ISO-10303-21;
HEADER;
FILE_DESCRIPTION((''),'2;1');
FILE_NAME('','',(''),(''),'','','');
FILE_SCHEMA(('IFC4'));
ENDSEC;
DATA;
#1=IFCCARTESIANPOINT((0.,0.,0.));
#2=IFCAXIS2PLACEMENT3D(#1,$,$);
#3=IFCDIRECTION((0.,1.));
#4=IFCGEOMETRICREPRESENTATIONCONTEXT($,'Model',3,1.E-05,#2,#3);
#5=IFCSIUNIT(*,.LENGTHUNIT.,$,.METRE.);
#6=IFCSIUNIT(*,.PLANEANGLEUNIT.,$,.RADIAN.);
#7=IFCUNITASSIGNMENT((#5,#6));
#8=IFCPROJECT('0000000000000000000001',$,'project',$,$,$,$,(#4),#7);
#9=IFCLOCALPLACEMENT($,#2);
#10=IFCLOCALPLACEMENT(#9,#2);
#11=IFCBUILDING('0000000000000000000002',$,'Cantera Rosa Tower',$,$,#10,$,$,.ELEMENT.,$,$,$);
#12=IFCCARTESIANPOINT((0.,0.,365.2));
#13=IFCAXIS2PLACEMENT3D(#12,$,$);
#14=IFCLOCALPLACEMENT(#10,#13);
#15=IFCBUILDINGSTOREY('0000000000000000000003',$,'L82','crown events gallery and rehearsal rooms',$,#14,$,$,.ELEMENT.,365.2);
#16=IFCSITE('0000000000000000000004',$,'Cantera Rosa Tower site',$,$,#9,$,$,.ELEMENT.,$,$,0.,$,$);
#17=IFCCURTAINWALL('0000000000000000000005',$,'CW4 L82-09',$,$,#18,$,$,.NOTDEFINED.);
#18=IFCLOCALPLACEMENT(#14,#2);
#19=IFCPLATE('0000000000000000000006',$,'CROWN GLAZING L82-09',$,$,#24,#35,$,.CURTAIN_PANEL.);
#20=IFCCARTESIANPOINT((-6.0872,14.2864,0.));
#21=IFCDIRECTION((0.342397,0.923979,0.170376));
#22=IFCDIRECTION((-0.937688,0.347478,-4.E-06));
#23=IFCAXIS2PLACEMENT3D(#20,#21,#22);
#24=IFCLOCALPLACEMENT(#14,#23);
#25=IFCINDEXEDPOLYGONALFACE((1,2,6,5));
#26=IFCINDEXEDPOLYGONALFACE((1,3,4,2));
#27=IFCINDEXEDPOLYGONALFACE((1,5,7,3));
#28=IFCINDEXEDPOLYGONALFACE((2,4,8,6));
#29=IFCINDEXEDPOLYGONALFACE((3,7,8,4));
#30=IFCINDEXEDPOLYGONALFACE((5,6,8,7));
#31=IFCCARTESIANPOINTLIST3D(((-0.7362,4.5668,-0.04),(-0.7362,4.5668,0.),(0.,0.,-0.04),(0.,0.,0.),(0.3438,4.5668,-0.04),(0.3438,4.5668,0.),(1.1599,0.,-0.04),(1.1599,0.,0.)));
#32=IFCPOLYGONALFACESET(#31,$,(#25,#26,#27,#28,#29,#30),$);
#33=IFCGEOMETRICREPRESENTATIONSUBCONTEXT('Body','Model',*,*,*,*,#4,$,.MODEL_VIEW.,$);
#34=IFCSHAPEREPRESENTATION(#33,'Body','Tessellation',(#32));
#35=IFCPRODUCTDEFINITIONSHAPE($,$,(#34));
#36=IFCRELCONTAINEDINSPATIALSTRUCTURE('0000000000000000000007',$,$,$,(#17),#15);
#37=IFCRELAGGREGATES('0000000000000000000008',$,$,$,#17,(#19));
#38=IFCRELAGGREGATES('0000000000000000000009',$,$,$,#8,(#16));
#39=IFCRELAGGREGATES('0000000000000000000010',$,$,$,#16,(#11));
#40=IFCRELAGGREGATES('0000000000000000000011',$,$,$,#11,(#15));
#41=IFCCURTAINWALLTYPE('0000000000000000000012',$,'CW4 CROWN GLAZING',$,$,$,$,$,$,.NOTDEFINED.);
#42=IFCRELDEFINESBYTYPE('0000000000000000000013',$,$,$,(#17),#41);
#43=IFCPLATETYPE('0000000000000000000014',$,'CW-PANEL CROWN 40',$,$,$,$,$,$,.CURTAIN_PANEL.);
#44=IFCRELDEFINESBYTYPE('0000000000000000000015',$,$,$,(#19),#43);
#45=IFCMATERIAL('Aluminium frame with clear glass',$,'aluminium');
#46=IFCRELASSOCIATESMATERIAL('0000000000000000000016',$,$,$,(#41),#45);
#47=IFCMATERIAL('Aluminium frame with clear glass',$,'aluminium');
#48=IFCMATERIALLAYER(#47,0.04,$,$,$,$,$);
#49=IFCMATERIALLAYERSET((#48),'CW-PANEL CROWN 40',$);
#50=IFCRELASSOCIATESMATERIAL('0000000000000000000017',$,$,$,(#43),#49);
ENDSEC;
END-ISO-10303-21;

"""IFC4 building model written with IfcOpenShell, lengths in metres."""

from ifc_helpers import new_model, si_unit, direction, frame, origin, place, context, subcontext, project, spatial, polyline, outline, extrude, material, layer, layer_set, type_object, element, aggregate, save


model = new_model("IFC4")

# Units and contexts
model_context = context("Model", 3, precision=1e-05, world=origin(), true_north=direction((0.0, 1.0)))
body_context = subcontext(model_context, "Body", "Model", "MODEL_VIEW")
ifc_project = project(units=[si_unit("LENGTHUNIT", "METRE"), si_unit("PLANEANGLEUNIT", "RADIAN")], contexts=[model_context])

# Site, building, storey
site_placement = place(None, origin())
site = spatial("IfcSite", under=ifc_project, at=site_placement, Name="Cantera Rosa Tower site", CompositionType="ELEMENT", RefElevation=0.0)
building_placement = place(site_placement, origin())
building = spatial("IfcBuilding", under=site, at=building_placement, Name="Cantera Rosa Tower", CompositionType="ELEMENT")
storey_placement = place(building_placement, frame((0.0, 0.0, 365.2)))
storey = spatial("IfcBuildingStorey", under=building, at=storey_placement, Name="L82", Description="crown events gallery and rehearsal rooms", CompositionType="ELEMENT", Elevation=365.2)

# Curtain wall
ifc_material_1 = material(Name="Aluminium frame with clear glass", Category="aluminium")
curtain_wall_type = type_object("IfcCurtainWallType", Name="CW4 CROWN GLAZING", PredefinedType="NOTDEFINED", material=ifc_material_1)
curtain_wall_1_placement = place(storey_placement, origin())
curtain_wall_1 = element("IfcCurtainWall", 1, at=curtain_wall_1_placement, inside=storey, type_object=curtain_wall_type, Name="CW4 L82-09", PredefinedType="NOTDEFINED")

# Plate
ifc_material_2 = material(Name="Aluminium frame with clear glass", Category="aluminium")
ifc_layer_1 = layer(ifc_material_2, 0.04)
ifc_layer_set_1 = layer_set([ifc_layer_1], Name="CW-PANEL CROWN 40")
plate_type = type_object("IfcPlateType", Name="CW-PANEL CROWN 40", PredefinedType="CURTAIN_PANEL", material=ifc_layer_set_1)
plate_1_placement = place(storey_placement, frame((-6.0872, 14.2864, 0.0), z_axis=(0.342397, 0.923979, 0.170376), x_axis=(-0.937688, 0.347478, -0.000004)))
plate_1 = element("IfcPlate", 2, at=plate_1_placement, type_object=plate_type, Name="CROWN GLAZING L82-09", PredefinedType="CURTAIN_PANEL", context=body_context, shape_type="SweptSolid", body=[
    extrude(outline(polyline([(0.0, 0.0), (1.1599, 0.0), (0.3438, 4.5668), (-0.7362, 4.5668), (0.0, 0.0)])), origin(), (0.0, 0.0, -1.0), 0.04),
])

aggregate(curtain_wall_1, [plate_1])

save(model, "model.ifc")
